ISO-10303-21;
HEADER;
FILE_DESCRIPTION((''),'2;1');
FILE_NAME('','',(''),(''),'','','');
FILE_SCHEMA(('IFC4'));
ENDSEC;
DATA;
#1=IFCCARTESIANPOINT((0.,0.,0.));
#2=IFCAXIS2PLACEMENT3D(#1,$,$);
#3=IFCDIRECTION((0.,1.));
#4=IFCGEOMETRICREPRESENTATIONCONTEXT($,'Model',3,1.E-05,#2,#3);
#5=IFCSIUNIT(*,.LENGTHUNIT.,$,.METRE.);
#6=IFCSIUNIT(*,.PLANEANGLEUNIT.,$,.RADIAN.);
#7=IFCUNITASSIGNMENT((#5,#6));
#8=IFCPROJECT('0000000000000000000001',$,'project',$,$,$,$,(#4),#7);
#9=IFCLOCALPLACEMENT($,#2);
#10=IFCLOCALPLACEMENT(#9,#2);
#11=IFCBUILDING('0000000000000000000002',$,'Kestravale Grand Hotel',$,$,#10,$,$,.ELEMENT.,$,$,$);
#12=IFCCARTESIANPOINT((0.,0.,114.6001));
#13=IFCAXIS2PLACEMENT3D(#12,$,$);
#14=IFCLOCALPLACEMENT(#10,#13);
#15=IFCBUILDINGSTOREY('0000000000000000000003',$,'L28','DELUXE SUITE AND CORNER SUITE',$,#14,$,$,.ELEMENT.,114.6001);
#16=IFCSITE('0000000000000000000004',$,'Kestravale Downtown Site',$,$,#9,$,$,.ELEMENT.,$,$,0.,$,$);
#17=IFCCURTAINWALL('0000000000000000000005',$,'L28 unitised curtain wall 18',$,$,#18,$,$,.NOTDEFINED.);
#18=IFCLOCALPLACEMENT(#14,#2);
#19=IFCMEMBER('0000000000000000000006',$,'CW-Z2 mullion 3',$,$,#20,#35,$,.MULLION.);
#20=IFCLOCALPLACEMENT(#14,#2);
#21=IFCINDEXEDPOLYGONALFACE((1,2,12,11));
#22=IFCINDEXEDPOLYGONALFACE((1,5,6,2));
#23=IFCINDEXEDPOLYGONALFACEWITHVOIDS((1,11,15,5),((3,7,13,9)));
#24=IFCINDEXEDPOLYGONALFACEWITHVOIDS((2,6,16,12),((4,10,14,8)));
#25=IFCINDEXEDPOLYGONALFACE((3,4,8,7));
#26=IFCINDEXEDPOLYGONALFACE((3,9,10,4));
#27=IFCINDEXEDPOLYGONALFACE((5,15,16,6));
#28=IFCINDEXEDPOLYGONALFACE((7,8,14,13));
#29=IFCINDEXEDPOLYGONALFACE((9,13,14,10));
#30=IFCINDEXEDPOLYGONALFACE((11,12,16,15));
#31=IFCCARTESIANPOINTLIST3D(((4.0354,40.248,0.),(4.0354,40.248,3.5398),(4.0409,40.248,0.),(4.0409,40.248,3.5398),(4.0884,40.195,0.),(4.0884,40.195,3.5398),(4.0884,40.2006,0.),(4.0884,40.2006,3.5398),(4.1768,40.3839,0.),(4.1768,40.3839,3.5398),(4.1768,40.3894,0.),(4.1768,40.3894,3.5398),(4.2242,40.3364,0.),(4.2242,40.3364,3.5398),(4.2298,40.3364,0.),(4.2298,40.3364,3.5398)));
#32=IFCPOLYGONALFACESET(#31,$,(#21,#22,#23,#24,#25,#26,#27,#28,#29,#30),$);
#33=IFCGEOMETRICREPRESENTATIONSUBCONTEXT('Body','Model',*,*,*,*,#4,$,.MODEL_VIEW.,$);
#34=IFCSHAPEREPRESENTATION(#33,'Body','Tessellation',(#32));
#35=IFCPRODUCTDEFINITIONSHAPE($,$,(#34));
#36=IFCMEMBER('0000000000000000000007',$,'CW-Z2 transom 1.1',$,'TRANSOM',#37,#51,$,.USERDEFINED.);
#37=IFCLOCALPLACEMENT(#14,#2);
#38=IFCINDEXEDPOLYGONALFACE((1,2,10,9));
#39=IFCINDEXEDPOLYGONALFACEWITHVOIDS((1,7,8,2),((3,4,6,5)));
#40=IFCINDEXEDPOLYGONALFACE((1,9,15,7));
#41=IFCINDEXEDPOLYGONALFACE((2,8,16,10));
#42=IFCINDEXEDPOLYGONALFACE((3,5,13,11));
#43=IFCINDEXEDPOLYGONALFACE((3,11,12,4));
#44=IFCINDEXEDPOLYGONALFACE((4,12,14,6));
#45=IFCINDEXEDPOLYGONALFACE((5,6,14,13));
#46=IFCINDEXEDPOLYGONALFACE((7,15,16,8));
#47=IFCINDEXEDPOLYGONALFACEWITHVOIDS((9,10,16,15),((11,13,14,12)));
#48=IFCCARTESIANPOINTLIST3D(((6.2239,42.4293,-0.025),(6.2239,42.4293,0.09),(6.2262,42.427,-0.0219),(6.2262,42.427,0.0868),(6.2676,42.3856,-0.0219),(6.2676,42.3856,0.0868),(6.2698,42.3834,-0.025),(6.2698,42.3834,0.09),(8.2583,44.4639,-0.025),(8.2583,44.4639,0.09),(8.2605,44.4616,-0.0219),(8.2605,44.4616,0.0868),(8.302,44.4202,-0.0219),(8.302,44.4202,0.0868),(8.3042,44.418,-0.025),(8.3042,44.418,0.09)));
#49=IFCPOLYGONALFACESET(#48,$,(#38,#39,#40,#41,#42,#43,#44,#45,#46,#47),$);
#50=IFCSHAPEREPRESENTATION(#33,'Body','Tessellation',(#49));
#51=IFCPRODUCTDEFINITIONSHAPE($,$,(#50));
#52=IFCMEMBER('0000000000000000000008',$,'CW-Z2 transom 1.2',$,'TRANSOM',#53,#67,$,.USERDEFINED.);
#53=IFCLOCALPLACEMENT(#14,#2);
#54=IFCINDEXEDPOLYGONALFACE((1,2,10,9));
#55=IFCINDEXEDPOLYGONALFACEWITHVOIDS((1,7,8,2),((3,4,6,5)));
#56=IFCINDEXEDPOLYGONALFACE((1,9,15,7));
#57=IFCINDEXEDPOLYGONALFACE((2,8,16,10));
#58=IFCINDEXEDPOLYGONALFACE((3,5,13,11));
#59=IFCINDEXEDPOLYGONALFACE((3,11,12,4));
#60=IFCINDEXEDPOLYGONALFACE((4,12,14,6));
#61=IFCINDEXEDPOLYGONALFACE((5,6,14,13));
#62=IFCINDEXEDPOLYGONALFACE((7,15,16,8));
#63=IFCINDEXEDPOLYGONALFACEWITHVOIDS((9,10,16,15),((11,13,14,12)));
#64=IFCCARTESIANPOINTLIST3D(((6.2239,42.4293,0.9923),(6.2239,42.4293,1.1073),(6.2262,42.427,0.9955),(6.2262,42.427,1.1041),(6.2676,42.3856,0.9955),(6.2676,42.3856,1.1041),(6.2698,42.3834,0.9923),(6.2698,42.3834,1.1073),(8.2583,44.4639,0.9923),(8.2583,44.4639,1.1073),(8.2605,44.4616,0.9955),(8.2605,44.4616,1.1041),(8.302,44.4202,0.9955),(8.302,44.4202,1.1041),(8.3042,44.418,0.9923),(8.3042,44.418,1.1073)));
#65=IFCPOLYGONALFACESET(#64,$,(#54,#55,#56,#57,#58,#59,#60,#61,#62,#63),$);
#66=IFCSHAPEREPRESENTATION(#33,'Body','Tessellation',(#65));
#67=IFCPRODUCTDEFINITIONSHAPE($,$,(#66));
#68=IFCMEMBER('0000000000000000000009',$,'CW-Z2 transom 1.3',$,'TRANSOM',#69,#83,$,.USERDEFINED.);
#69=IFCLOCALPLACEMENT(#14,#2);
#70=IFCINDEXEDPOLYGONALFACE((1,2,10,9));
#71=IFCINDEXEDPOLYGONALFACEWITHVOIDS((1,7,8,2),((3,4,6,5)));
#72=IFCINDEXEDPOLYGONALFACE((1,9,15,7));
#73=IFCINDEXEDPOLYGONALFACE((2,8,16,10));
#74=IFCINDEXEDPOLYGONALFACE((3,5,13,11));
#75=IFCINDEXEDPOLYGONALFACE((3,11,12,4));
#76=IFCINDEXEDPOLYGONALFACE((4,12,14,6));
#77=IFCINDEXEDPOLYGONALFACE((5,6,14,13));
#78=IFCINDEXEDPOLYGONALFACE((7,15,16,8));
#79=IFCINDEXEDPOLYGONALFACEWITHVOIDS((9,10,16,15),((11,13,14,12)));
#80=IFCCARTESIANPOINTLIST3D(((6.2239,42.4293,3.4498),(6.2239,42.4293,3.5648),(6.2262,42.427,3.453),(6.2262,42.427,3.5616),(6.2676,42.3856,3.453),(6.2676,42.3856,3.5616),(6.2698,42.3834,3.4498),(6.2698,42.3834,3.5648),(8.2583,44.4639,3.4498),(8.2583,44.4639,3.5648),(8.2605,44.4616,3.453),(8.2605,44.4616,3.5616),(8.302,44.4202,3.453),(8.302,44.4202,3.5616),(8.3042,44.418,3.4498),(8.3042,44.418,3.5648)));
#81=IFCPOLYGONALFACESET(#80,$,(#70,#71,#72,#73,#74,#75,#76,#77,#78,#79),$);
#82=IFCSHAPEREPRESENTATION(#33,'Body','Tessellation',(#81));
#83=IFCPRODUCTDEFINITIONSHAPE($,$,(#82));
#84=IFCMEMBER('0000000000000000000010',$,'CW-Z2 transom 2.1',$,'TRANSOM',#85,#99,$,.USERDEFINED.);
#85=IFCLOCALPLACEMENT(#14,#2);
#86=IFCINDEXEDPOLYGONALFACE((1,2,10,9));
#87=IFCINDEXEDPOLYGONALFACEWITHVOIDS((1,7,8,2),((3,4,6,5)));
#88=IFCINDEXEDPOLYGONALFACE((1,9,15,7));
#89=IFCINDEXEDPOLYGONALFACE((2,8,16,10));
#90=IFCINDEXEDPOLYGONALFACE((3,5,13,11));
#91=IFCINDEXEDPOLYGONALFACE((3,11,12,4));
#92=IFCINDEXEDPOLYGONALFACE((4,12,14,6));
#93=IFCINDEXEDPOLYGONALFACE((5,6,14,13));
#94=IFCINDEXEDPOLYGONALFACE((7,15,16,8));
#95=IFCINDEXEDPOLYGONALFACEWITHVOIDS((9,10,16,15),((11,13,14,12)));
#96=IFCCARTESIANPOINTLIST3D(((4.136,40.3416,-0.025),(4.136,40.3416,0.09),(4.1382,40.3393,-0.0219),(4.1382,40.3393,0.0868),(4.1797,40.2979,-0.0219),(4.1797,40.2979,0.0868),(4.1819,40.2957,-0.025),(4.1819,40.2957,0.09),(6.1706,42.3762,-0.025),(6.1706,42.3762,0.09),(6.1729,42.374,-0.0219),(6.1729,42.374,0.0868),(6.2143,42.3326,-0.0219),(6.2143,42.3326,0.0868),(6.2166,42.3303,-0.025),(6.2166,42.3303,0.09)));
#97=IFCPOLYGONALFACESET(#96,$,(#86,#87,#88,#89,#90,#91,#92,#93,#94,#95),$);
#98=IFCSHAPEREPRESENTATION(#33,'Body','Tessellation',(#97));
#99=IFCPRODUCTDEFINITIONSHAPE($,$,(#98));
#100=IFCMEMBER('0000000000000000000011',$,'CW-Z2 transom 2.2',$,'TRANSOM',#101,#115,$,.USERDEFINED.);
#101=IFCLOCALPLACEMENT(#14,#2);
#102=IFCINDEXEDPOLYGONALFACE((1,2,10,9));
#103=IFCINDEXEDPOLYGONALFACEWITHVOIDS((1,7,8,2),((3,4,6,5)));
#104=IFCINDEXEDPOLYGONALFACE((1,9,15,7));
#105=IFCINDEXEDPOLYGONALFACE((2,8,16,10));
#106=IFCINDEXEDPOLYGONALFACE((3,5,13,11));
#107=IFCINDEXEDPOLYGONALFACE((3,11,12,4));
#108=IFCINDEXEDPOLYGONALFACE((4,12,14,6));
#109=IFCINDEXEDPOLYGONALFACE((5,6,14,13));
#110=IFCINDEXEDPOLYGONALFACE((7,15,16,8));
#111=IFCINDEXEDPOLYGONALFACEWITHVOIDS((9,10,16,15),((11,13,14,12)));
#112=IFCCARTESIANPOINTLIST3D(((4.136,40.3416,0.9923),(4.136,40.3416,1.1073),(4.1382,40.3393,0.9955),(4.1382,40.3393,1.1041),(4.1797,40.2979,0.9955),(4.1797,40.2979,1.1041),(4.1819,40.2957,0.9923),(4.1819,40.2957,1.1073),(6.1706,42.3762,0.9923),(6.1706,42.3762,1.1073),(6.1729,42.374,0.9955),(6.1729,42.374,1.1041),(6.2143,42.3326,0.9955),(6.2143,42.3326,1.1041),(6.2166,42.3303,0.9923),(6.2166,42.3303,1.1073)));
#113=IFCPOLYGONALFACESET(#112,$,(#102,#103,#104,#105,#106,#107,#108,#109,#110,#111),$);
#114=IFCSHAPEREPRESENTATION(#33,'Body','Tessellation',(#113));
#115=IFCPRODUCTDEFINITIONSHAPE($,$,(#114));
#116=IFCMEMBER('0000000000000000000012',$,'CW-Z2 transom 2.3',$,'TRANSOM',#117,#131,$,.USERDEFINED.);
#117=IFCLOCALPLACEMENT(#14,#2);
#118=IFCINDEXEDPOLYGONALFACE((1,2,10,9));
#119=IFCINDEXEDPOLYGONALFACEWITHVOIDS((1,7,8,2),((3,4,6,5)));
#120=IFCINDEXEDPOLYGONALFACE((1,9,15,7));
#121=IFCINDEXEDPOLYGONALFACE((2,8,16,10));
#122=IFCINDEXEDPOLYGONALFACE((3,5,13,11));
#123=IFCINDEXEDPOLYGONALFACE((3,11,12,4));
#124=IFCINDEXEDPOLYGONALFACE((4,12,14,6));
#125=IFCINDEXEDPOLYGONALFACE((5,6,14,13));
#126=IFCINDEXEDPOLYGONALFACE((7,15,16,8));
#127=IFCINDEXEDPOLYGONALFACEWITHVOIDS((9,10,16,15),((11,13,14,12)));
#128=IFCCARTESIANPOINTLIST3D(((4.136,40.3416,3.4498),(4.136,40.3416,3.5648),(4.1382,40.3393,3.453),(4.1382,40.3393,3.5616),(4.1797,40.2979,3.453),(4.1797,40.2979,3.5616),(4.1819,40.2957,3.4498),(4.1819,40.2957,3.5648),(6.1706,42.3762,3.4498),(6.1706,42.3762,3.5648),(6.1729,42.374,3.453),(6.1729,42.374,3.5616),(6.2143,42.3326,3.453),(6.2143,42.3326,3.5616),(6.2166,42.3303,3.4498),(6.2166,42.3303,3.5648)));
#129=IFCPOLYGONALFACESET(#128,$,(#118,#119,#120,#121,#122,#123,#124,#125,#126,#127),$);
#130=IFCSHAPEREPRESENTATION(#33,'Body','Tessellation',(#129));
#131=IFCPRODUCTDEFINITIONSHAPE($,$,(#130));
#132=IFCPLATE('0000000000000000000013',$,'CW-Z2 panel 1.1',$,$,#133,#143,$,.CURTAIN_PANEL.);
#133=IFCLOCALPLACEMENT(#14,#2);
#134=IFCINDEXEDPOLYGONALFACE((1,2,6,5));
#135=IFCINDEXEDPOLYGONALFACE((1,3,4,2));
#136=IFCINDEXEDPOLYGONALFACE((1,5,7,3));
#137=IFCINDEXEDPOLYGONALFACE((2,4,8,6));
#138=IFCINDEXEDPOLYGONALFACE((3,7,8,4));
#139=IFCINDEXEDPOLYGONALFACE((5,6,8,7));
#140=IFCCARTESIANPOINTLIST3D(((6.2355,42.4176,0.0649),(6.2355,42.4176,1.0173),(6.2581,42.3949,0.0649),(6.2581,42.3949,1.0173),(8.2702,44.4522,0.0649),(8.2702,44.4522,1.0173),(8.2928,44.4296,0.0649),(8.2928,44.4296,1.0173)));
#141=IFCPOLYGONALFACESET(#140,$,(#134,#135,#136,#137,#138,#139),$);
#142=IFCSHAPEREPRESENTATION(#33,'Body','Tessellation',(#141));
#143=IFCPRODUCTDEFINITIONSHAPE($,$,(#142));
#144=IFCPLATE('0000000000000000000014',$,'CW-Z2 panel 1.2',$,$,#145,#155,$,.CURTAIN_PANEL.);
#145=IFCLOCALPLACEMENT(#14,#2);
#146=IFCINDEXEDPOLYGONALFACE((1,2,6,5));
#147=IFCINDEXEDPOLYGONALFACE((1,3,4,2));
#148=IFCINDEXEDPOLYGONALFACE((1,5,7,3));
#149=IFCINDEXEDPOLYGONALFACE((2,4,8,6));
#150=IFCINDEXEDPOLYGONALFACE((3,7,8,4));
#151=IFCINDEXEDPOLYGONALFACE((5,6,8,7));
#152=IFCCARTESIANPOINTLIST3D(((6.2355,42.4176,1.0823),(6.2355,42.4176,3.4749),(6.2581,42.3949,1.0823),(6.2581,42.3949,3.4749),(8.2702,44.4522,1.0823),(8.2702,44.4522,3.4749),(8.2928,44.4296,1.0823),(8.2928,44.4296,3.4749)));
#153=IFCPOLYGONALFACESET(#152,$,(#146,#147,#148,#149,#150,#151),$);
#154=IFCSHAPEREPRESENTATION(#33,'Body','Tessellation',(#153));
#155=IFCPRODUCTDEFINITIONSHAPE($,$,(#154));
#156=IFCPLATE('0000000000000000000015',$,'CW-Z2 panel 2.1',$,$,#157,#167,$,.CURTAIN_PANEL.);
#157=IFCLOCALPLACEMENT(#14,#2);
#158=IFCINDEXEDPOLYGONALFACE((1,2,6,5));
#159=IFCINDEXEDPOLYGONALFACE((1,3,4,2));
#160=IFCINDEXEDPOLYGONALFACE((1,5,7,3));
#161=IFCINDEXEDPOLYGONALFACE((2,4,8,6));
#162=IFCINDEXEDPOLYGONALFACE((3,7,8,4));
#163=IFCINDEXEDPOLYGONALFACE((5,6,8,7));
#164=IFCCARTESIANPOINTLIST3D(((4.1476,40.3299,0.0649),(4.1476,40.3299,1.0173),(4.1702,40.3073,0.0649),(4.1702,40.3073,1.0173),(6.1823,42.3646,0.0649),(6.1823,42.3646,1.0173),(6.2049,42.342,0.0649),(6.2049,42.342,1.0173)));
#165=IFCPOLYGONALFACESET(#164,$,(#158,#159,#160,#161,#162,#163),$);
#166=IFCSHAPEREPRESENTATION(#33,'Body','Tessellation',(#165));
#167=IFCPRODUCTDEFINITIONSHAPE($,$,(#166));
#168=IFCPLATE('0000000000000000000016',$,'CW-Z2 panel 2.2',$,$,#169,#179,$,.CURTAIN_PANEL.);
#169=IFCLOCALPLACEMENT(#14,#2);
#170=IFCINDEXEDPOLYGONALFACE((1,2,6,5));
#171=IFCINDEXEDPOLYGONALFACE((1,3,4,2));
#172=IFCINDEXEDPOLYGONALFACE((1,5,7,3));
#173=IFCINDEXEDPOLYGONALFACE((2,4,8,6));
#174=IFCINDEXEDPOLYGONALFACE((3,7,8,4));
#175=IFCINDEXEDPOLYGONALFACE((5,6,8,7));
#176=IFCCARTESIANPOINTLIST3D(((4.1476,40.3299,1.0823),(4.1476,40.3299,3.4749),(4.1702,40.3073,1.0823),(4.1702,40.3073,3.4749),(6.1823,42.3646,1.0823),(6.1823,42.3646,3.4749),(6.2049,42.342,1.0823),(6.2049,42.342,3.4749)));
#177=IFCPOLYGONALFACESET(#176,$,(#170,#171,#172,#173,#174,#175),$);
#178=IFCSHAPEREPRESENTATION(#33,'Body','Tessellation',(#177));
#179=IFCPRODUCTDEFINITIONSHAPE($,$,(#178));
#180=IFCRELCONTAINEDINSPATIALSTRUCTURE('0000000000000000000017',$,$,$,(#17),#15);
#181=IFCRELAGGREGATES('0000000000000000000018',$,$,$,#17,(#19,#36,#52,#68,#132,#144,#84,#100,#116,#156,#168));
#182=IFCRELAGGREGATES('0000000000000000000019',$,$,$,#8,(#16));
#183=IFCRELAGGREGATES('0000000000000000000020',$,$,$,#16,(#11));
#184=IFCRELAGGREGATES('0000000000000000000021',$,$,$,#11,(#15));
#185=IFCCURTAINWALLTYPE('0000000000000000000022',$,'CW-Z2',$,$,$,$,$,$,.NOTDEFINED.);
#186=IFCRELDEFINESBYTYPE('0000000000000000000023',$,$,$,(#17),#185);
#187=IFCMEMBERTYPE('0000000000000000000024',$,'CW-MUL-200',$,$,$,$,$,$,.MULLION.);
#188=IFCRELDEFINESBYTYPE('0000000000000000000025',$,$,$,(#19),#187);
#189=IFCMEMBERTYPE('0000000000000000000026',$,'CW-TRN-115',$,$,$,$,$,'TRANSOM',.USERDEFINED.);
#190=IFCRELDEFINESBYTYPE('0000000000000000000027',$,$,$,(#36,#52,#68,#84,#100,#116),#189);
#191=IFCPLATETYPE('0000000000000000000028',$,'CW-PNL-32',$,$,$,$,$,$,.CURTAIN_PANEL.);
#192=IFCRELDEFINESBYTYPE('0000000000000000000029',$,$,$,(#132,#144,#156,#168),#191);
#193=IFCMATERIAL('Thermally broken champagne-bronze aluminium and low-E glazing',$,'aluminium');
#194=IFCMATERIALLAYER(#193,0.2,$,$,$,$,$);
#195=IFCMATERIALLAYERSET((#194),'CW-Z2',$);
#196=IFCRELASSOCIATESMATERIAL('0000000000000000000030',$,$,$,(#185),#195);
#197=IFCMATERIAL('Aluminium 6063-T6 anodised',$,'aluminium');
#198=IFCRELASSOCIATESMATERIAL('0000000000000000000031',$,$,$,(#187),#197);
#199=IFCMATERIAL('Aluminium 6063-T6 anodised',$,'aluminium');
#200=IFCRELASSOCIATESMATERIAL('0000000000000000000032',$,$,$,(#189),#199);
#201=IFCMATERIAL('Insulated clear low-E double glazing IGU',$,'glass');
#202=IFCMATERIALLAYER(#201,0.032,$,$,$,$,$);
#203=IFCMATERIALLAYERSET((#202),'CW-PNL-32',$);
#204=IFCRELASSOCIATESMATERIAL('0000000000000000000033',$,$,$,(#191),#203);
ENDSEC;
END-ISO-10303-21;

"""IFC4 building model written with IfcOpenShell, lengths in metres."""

from ifc_helpers import new_model, si_unit, direction, frame, origin, origin_2d, place, context, subcontext, project, spatial, rectangle, hollow_rectangle, extrude, material, layer, layer_set, material_profile, profile_set, type_object, element, aggregate, save


model = new_model("IFC4")

# Units and contexts
model_context = context("Model", 3, precision=1e-05, world=origin(), true_north=direction((0.0, 1.0)))
body_context = subcontext(model_context, "Body", "Model", "MODEL_VIEW")
ifc_project = project(units=[si_unit("LENGTHUNIT", "METRE"), si_unit("PLANEANGLEUNIT", "RADIAN")], contexts=[model_context])

# Site, building, storey
site_placement = place(None, origin())
site = spatial("IfcSite", under=ifc_project, at=site_placement, Name="Kestravale Downtown Site", CompositionType="ELEMENT", RefElevation=0.0)
building_placement = place(site_placement, origin())
building = spatial("IfcBuilding", under=site, at=building_placement, Name="Kestravale Grand Hotel", CompositionType="ELEMENT")
storey_placement = place(building_placement, frame((0.0, 0.0, 114.6001)))
storey = spatial("IfcBuildingStorey", under=building, at=storey_placement, Name="L28", Description="DELUXE SUITE AND CORNER SUITE", CompositionType="ELEMENT", Elevation=114.6001)

# Curtain wall, members, plates
ifc_material_1 = material(Name="Thermally broken champagne-bronze aluminium and low-E glazing", Category="aluminium")
ifc_layer_1 = layer(ifc_material_1, 0.2)
ifc_layer_set_1 = layer_set([ifc_layer_1], Name="CW-Z2")
curtain_wall_type = type_object("IfcCurtainWallType", Name="CW-Z2", PredefinedType="NOTDEFINED", material=ifc_layer_set_1)
curtain_wall_placement = place(storey_placement, origin())
curtain_wall = element("IfcCurtainWall", 1, at=curtain_wall_placement, inside=storey, type_object=curtain_wall_type, Name="L28 unitised curtain wall 18", PredefinedType="NOTDEFINED")
ifc_material_2 = material(Name="Aluminium 6063-T6 anodised", Category="aluminium")
ifc_material_profile_1 = material_profile(ifc_material_2, hollow_rectangle(XDim=0.075, YDim=0.2, WallThickness=0.0039, at=origin_2d()))
ifc_profile_set_1 = profile_set([ifc_material_profile_1], Name="Aluminium 6063-T6 anodised")
member_type_1 = type_object("IfcMemberType", Name="CW-MUL-200", PredefinedType="MULLION", material=ifc_profile_set_1)
member_1_placement = place(storey_placement, frame((4.1326, 40.2922, 0.0), z_axis=(0.0, 0.0, 1.0), x_axis=(0.707107, -0.707107, 0.0)))
member_1 = element("IfcMember", 2, at=member_1_placement, type_object=member_type_1, Name="CW-Z2 mullion 3", PredefinedType="MULLION", context=body_context, shape_type="SweptSolid", body=[
    extrude(hollow_rectangle(XDim=0.075, YDim=0.2, WallThickness=0.0039, at=origin_2d()), origin(), (0.0, 0.0, 1.0), 3.5398),
])
ifc_material_3 = material(Name="Aluminium 6063-T6 anodised", Category="aluminium")
ifc_material_profile_2 = material_profile(ifc_material_3, hollow_rectangle(XDim=0.0649, YDim=0.115, WallThickness=0.0032, at=origin_2d()))
ifc_profile_set_2 = profile_set([ifc_material_profile_2], Name="Aluminium 6063-T6 anodised")
member_type_2 = type_object("IfcMemberType", Name="CW-TRN-115", ElementType="TRANSOM", PredefinedType="USERDEFINED", material=ifc_profile_set_2)
member_2_placement = place(storey_placement, frame((8.2812, 44.4409, 0.0325), z_axis=(-0.707064, -0.707149, 0.0), x_axis=(0.707149, -0.707064, 0.0)))
member_2 = element("IfcMember", 3, at=member_2_placement, type_object=member_type_2, Name="CW-Z2 transom 1.1", ObjectType="TRANSOM", PredefinedType="USERDEFINED", context=body_context, shape_type="SweptSolid", body=[
    extrude(hollow_rectangle(XDim=0.0649, YDim=0.115, WallThickness=0.0032, at=origin_2d()), origin(), (0.0, 0.0, 1.0), 2.8772),
])
member_3_placement = place(storey_placement, frame((8.2812, 44.4409, 1.0498), z_axis=(-0.707064, -0.707149, 0.0), x_axis=(0.707149, -0.707064, 0.0)))
member_3 = element("IfcMember", 4, at=member_3_placement, type_object=member_type_2, Name="CW-Z2 transom 1.2", ObjectType="TRANSOM", PredefinedType="USERDEFINED", context=body_context, shape_type="SweptSolid", body=[
    extrude(hollow_rectangle(XDim=0.0649, YDim=0.115, WallThickness=0.0032, at=origin_2d()), origin(), (0.0, 0.0, 1.0), 2.8772),
])
member_4_placement = place(storey_placement, frame((8.2812, 44.4409, 3.5073), z_axis=(-0.707064, -0.707149, 0.0), x_axis=(0.707149, -0.707064, 0.0)))
member_4 = element("IfcMember", 5, at=member_4_placement, type_object=member_type_2, Name="CW-Z2 transom 1.3", ObjectType="TRANSOM", PredefinedType="USERDEFINED", context=body_context, shape_type="SweptSolid", body=[
    extrude(hollow_rectangle(XDim=0.0649, YDim=0.115, WallThickness=0.0032, at=origin_2d()), origin(), (0.0, 0.0, 1.0), 2.8772),
])
member_5_placement = place(storey_placement, frame((6.1936, 42.3533, 0.0325), z_axis=(-0.707107, -0.707107, 0.0), x_axis=(0.707107, -0.707107, 0.0)))
member_5 = element("IfcMember", 6, at=member_5_placement, type_object=member_type_2, Name="CW-Z2 transom 2.1", ObjectType="TRANSOM", PredefinedType="USERDEFINED", context=body_context, shape_type="SweptSolid", body=[
    extrude(hollow_rectangle(XDim=0.0649, YDim=0.115, WallThickness=0.0032, at=origin_2d()), origin(), (0.0, 0.0, 1.0), 2.8774),
])
member_6_placement = place(storey_placement, frame((6.1936, 42.3533, 1.0498), z_axis=(-0.707107, -0.707107, 0.0), x_axis=(0.707107, -0.707107, 0.0)))
member_6 = element("IfcMember", 7, at=member_6_placement, type_object=member_type_2, Name="CW-Z2 transom 2.2", ObjectType="TRANSOM", PredefinedType="USERDEFINED", context=body_context, shape_type="SweptSolid", body=[
    extrude(hollow_rectangle(XDim=0.0649, YDim=0.115, WallThickness=0.0032, at=origin_2d()), origin(), (0.0, 0.0, 1.0), 2.8774),
])
member_7_placement = place(storey_placement, frame((6.1936, 42.3533, 3.5073), z_axis=(-0.707107, -0.707107, 0.0), x_axis=(0.707107, -0.707107, 0.0)))
member_7 = element("IfcMember", 8, at=member_7_placement, type_object=member_type_2, Name="CW-Z2 transom 2.3", ObjectType="TRANSOM", PredefinedType="USERDEFINED", context=body_context, shape_type="SweptSolid", body=[
    extrude(hollow_rectangle(XDim=0.0649, YDim=0.115, WallThickness=0.0032, at=origin_2d()), origin(), (0.0, 0.0, 1.0), 2.8774),
])
ifc_material_4 = material(Name="Insulated clear low-E double glazing IGU", Category="glass")
ifc_layer_2 = layer(ifc_material_4, 0.032)
ifc_layer_set_2 = layer_set([ifc_layer_2], Name="CW-PNL-32")
plate_type = type_object("IfcPlateType", Name="CW-PNL-32", PredefinedType="CURTAIN_PANEL", material=ifc_layer_set_2)
plate_1_placement = place(storey_placement, frame((7.2642, 43.4236, 0.0649), z_axis=(0.0, 0.0, 1.0), x_axis=(-0.707107, -0.707107, 0.0)))
plate_1 = element("IfcPlate", 9, at=plate_1_placement, type_object=plate_type, Name="CW-Z2 panel 1.1", PredefinedType="CURTAIN_PANEL", context=body_context, shape_type="SweptSolid", body=[
    extrude(rectangle(XDim=2.8774, YDim=0.032, at=origin_2d()), origin(), (0.0, 0.0, 1.0), 0.9524),
])
plate_2_placement = place(storey_placement, frame((7.2642, 43.4236, 1.0823), z_axis=(0.0, 0.0, 1.0), x_axis=(-0.707107, -0.707107, 0.0)))
plate_2 = element("IfcPlate", 10, at=plate_2_placement, type_object=plate_type, Name="CW-Z2 panel 1.2", PredefinedType="CURTAIN_PANEL", context=body_context, shape_type="SweptSolid", body=[
    extrude(rectangle(XDim=2.8774, YDim=0.032, at=origin_2d()), origin(), (0.0, 0.0, 1.0), 2.3926),
])
plate_3_placement = place(storey_placement, frame((5.1763, 41.3359, 0.0649), z_axis=(0.0, 0.0, 1.0), x_axis=(-0.707107, -0.707107, 0.0)))
plate_3 = element("IfcPlate", 11, at=plate_3_placement, type_object=plate_type, Name="CW-Z2 panel 2.1", PredefinedType="CURTAIN_PANEL", context=body_context, shape_type="SweptSolid", body=[
    extrude(rectangle(XDim=2.8774, YDim=0.032, at=origin_2d()), origin(), (0.0, 0.0, 1.0), 0.9524),
])
plate_4_placement = place(storey_placement, frame((5.1763, 41.3359, 1.0823), z_axis=(0.0, 0.0, 1.0), x_axis=(-0.707107, -0.707107, 0.0)))
plate_4 = element("IfcPlate", 12, at=plate_4_placement, type_object=plate_type, Name="CW-Z2 panel 2.2", PredefinedType="CURTAIN_PANEL", context=body_context, shape_type="SweptSolid", body=[
    extrude(rectangle(XDim=2.8774, YDim=0.032, at=origin_2d()), origin(), (0.0, 0.0, 1.0), 2.3926),
])
aggregate(curtain_wall, [member_1, member_2, member_3, member_4, plate_1, plate_2, member_5, member_6, member_7, plate_3, plate_4])

save(model, "model.ifc")
